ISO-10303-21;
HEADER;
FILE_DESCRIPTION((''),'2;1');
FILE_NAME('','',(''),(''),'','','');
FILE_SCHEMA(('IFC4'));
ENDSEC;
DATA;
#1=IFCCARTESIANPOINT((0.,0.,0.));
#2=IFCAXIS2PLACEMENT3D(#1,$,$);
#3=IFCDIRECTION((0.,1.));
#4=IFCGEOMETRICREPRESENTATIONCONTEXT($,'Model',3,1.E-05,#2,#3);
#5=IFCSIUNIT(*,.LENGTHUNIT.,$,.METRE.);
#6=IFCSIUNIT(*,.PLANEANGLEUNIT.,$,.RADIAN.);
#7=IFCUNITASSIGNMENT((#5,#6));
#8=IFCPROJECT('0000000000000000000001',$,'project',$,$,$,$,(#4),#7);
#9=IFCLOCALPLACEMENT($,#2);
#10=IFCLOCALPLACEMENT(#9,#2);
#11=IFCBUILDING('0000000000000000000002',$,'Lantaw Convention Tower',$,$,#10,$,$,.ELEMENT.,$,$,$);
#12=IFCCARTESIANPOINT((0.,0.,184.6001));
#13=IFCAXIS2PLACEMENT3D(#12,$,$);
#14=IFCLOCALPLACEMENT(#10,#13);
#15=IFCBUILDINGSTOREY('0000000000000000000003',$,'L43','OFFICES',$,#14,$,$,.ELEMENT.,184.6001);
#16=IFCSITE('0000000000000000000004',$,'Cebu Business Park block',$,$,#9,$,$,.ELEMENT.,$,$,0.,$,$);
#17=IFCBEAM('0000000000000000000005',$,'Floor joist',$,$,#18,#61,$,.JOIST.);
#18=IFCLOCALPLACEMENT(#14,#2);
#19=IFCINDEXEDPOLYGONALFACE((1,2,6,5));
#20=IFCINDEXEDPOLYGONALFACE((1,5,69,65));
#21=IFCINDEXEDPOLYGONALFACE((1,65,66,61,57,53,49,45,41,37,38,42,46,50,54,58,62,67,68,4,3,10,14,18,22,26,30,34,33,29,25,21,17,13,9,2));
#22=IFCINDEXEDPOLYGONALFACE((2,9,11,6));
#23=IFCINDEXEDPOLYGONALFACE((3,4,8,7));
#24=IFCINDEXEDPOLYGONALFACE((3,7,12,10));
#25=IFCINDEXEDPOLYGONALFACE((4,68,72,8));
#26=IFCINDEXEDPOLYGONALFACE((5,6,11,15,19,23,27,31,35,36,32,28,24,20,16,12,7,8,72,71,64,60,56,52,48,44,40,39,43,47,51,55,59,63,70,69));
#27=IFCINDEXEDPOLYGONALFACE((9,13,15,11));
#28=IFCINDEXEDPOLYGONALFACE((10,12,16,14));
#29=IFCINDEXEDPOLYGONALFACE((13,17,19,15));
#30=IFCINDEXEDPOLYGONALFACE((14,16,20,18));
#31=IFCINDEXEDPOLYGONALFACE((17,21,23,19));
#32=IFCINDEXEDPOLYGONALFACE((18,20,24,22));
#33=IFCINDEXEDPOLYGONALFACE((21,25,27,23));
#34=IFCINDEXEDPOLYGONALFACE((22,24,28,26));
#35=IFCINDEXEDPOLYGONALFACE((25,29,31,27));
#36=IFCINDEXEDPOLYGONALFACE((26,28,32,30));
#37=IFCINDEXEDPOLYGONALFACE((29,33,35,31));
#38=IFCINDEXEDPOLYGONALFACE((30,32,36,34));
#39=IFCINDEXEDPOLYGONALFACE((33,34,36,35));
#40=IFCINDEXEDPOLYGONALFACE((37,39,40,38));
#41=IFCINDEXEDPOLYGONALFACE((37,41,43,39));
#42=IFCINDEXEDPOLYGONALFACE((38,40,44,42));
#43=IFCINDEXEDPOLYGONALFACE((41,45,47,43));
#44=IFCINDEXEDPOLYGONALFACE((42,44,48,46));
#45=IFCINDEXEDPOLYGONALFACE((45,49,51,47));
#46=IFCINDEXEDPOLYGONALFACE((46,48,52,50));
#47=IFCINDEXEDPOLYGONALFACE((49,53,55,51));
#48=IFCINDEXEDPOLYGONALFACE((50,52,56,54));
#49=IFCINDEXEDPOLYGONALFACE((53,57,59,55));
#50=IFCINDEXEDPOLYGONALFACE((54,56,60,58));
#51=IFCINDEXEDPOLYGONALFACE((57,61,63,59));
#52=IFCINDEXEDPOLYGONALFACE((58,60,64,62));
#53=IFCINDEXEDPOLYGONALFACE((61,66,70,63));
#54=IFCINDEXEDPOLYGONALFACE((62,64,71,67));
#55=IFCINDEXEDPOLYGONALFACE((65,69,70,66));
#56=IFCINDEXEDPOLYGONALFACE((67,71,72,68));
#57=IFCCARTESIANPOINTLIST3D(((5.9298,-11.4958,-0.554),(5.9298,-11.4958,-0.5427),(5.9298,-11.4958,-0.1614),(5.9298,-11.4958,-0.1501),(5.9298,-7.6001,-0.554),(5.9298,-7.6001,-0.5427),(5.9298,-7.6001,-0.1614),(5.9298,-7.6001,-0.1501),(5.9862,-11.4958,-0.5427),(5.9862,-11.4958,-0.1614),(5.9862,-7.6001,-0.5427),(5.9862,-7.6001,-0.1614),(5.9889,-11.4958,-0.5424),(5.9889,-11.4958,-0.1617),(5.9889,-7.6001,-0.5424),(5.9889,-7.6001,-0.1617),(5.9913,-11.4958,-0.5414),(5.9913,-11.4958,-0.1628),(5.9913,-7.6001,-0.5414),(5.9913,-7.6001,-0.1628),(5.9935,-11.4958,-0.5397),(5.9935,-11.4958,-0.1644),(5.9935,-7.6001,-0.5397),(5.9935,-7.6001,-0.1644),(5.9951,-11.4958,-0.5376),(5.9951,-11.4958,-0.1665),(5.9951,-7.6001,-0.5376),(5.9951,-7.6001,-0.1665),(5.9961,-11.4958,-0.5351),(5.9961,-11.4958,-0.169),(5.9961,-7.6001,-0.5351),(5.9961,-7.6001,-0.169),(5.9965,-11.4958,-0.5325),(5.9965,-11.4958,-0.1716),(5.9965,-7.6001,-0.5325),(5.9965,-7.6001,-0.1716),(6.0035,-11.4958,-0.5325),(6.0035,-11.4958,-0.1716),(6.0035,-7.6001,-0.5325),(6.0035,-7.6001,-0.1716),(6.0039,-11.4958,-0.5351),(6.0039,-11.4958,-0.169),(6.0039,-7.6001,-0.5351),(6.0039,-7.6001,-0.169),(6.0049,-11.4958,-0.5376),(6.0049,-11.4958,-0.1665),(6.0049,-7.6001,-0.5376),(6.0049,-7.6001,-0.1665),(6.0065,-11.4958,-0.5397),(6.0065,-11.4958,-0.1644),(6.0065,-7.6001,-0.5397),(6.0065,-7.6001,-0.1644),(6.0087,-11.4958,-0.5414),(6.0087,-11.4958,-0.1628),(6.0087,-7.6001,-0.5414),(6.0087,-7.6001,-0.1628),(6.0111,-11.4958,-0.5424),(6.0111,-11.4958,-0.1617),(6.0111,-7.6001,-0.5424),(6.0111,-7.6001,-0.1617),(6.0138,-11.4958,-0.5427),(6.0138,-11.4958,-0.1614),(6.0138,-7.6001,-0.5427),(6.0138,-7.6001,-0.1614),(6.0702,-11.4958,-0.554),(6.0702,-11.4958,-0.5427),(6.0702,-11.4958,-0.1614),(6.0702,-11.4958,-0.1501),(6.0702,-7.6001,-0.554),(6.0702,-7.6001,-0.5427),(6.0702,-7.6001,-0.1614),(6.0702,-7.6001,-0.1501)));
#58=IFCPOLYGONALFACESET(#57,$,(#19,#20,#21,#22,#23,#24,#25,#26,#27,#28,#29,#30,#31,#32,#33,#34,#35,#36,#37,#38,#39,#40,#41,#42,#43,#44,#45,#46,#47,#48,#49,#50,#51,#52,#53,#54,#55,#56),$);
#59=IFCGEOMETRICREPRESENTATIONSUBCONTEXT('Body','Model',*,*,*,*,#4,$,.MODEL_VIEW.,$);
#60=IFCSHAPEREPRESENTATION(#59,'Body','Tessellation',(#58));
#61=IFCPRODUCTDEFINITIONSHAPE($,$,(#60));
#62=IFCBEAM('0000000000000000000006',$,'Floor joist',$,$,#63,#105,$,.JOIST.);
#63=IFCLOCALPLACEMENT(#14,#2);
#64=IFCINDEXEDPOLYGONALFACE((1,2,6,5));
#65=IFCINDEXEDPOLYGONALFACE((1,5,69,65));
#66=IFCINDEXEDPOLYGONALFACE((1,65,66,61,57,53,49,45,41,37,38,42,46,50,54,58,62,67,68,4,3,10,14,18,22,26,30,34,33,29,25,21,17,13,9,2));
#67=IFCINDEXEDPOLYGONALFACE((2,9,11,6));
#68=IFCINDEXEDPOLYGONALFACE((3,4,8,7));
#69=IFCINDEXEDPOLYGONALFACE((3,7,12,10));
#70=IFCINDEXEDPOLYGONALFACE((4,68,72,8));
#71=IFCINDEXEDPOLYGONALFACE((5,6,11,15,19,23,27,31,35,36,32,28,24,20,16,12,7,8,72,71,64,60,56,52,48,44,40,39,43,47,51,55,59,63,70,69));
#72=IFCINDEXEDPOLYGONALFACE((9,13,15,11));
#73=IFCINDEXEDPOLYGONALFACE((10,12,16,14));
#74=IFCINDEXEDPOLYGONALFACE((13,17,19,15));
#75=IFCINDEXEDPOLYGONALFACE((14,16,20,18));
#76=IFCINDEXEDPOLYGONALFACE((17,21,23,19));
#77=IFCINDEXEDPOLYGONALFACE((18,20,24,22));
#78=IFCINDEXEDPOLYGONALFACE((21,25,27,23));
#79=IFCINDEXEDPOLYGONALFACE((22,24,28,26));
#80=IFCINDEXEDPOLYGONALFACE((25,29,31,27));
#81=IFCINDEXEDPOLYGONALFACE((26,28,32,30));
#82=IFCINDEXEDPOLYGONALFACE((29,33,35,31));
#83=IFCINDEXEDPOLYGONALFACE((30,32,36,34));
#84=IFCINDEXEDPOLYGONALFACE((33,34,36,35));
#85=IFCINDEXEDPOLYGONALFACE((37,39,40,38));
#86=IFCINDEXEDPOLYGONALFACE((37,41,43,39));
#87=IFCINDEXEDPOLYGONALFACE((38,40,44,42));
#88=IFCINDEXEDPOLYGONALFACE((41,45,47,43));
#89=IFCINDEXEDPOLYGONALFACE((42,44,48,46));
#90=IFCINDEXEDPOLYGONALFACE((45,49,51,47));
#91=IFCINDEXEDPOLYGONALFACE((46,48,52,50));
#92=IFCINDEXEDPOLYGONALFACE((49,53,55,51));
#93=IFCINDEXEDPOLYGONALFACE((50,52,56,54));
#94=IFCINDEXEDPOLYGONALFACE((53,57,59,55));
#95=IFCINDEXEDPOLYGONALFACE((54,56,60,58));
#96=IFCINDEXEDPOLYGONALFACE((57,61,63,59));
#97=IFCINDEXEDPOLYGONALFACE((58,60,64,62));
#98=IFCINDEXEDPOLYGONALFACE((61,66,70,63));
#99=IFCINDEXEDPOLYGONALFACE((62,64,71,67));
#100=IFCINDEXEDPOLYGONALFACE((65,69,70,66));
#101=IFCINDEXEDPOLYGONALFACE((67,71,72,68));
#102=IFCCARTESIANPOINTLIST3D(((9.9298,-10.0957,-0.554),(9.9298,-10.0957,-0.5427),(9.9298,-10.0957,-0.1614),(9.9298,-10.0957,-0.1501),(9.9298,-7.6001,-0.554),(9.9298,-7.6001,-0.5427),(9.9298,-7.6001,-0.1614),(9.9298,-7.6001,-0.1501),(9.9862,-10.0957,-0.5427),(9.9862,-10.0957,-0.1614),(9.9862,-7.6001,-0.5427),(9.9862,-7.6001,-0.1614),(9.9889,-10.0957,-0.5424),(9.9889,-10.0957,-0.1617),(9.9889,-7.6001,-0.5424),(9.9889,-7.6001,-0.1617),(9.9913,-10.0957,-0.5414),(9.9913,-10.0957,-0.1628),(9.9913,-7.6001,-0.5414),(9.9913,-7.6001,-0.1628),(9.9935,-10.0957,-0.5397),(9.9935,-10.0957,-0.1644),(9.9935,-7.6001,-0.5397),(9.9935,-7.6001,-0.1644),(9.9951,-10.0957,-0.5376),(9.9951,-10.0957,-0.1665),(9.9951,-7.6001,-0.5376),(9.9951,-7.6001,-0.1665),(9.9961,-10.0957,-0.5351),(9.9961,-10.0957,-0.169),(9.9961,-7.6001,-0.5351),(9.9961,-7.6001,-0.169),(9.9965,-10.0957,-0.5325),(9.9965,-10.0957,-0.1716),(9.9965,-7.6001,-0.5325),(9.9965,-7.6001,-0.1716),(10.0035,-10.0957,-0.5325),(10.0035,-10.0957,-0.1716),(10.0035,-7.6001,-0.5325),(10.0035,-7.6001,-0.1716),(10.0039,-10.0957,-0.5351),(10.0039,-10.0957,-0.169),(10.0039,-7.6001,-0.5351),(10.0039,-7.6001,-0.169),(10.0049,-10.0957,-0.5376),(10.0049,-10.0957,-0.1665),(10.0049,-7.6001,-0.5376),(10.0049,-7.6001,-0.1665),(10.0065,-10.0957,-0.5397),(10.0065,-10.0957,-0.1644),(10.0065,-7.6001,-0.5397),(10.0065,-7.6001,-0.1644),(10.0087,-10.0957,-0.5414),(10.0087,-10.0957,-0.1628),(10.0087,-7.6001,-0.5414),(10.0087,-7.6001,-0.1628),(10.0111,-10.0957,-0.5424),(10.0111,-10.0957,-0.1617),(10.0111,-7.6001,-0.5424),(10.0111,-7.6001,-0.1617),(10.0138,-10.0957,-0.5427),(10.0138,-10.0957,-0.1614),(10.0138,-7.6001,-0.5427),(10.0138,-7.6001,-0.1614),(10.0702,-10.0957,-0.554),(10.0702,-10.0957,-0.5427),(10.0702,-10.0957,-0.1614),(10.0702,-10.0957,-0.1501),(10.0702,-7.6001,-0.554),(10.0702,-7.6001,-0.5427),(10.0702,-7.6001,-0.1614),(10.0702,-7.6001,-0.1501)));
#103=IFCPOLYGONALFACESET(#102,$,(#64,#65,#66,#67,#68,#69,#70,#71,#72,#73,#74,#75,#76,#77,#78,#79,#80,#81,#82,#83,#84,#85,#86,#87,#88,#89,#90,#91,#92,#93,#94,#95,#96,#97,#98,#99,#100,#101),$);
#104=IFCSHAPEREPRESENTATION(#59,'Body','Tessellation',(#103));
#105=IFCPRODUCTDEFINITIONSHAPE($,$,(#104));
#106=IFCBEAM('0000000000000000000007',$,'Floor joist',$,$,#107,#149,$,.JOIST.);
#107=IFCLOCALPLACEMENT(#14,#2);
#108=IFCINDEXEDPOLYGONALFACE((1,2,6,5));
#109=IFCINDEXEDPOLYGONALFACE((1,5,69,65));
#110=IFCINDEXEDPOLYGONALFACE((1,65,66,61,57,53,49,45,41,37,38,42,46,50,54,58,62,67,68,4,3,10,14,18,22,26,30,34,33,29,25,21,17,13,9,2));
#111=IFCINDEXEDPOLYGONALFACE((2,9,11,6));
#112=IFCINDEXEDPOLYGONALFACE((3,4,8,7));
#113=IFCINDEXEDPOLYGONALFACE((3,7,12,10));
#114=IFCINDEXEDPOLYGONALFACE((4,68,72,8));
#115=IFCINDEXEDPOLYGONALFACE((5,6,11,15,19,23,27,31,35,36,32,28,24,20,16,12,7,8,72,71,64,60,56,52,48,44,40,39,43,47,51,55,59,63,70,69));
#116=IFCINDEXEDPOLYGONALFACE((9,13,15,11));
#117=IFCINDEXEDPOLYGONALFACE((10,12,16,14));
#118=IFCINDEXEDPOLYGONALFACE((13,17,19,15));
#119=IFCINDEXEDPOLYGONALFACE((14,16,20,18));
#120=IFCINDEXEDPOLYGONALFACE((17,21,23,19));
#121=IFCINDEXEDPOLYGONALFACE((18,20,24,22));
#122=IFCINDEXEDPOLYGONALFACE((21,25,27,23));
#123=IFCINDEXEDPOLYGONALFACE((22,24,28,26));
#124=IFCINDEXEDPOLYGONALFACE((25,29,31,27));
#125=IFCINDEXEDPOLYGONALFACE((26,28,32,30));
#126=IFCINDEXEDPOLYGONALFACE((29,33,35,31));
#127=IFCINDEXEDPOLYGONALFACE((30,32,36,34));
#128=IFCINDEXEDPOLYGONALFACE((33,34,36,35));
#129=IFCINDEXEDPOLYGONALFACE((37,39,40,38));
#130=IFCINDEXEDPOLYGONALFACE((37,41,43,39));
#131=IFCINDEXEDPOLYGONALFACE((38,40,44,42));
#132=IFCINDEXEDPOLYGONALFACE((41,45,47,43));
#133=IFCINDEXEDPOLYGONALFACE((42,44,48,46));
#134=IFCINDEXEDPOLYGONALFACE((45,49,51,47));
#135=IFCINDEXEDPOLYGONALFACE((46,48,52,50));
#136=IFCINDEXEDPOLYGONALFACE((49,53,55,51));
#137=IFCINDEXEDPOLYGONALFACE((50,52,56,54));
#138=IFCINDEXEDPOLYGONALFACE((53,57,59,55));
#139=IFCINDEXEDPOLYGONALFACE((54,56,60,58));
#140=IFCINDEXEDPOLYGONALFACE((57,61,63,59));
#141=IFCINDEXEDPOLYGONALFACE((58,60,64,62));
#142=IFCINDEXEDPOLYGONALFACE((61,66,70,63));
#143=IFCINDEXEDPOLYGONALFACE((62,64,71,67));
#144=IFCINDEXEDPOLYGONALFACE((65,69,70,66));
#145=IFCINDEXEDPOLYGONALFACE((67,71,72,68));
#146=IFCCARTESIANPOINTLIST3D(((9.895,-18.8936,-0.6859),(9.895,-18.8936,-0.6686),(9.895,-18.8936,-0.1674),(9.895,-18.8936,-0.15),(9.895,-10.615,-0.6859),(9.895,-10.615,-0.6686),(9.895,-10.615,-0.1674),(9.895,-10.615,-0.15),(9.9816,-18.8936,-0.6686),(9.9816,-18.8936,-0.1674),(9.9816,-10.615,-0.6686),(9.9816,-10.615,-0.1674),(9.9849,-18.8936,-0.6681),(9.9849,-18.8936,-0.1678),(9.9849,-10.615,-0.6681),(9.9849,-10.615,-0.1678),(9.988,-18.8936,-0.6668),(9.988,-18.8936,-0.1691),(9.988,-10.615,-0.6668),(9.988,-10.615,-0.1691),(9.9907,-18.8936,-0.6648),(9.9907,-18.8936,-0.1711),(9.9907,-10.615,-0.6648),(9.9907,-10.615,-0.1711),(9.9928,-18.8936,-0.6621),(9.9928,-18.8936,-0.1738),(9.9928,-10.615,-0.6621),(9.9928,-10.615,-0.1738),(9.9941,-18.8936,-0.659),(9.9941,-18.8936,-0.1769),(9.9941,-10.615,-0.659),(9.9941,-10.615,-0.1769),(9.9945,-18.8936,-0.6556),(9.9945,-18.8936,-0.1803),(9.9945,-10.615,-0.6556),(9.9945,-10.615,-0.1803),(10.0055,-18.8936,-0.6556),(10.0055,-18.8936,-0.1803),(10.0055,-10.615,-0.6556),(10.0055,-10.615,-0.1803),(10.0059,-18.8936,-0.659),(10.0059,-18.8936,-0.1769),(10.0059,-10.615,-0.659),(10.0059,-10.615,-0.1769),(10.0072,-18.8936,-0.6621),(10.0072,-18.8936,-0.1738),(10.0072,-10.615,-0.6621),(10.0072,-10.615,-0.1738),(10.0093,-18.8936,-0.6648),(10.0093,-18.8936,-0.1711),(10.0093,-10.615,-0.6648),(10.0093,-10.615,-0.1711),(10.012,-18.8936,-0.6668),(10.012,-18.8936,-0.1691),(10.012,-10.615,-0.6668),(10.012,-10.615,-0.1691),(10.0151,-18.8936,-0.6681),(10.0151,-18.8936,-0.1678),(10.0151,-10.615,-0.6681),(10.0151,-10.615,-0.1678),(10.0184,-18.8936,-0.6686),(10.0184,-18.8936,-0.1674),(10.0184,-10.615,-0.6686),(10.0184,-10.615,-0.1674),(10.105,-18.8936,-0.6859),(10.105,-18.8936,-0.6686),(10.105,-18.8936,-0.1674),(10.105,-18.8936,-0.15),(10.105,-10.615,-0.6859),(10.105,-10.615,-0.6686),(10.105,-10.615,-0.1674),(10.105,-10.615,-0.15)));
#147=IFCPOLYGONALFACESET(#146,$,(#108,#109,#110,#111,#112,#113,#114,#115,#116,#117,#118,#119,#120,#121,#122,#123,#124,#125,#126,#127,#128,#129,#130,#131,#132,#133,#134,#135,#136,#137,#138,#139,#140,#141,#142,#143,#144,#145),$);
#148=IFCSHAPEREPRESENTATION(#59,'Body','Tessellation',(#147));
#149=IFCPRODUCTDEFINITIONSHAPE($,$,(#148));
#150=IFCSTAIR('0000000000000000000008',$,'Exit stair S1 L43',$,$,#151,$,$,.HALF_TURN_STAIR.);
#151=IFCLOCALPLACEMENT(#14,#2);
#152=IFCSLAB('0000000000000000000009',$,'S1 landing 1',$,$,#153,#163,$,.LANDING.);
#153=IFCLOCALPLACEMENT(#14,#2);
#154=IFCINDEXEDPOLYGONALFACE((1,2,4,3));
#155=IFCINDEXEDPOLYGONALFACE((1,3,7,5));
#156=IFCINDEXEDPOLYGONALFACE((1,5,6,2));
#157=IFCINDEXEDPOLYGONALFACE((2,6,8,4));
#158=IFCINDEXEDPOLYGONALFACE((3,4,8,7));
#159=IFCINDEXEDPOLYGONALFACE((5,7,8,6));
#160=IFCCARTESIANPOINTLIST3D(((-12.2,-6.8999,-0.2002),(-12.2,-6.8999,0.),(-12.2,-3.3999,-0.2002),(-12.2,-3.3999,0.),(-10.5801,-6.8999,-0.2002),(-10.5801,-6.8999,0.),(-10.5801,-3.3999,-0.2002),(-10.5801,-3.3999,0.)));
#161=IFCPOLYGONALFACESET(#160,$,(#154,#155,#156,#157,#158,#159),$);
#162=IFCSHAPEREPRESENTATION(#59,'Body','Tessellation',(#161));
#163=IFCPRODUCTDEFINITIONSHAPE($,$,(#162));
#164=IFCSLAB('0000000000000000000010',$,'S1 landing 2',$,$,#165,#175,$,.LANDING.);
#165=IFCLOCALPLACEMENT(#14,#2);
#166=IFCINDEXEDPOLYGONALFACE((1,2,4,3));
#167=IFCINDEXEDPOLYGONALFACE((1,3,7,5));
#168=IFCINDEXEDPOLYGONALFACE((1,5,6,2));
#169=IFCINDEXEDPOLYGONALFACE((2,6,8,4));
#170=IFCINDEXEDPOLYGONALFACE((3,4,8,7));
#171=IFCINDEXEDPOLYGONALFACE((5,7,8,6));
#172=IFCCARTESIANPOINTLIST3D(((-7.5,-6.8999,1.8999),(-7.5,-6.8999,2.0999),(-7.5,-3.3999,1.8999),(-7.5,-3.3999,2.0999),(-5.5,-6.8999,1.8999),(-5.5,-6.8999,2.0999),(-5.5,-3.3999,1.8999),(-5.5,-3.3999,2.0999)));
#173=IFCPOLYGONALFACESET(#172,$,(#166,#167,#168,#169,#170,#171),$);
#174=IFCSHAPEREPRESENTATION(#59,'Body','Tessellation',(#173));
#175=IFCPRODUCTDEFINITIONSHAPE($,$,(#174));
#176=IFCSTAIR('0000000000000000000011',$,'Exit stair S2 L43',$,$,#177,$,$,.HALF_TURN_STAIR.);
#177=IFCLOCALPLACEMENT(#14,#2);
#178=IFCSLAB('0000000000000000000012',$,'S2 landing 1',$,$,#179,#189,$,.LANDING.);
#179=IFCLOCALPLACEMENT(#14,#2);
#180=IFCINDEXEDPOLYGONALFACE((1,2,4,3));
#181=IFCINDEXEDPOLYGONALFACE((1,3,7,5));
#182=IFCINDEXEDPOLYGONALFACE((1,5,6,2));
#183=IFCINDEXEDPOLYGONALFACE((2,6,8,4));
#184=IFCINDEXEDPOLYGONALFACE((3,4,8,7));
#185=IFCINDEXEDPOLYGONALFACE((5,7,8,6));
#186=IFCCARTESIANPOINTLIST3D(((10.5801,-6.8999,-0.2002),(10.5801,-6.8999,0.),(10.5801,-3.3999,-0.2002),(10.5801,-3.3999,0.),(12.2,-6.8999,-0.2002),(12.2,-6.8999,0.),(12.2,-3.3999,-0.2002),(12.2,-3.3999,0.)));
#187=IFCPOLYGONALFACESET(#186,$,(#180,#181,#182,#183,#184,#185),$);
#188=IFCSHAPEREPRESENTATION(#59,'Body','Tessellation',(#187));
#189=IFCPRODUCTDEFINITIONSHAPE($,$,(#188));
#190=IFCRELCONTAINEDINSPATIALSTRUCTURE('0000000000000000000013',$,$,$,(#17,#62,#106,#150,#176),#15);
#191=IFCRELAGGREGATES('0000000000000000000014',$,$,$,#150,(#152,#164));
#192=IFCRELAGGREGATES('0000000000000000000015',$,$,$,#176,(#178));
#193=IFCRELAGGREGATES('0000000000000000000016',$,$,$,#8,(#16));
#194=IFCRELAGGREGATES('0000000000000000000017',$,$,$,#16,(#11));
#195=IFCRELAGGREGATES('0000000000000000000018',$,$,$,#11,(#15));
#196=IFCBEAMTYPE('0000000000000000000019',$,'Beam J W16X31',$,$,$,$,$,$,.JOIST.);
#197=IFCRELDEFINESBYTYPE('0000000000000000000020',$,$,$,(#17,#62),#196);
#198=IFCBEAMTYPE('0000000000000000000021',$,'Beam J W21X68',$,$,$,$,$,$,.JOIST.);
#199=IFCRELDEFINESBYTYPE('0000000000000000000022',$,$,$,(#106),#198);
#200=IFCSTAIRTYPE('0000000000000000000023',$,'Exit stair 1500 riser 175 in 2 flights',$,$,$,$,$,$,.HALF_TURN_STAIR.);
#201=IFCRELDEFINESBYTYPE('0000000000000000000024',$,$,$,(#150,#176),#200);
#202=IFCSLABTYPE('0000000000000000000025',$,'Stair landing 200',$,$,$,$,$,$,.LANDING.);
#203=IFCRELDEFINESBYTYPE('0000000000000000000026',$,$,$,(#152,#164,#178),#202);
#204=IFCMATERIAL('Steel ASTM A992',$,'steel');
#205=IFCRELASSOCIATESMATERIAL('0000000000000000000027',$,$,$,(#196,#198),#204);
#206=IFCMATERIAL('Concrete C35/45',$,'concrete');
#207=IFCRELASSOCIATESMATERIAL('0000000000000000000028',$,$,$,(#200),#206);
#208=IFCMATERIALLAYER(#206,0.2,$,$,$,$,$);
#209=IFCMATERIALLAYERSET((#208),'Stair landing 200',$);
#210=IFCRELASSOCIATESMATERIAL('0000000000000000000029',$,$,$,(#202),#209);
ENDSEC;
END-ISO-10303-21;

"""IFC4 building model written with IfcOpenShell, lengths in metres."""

from ifc_helpers import new_model, si_unit, direction, frame, origin, origin_2d, place, context, subcontext, project, spatial, polyline, i_section, outline, extrude, material, layer, layer_set, material_profile, profile_set, type_object, element, aggregate, save


model = new_model("IFC4")

# Units and contexts
model_context = context("Model", 3, precision=1e-05, world=origin(), true_north=direction((0.0, 1.0)))
body_context = subcontext(model_context, "Body", "Model", "MODEL_VIEW")
ifc_project = project(units=[si_unit("LENGTHUNIT", "METRE"), si_unit("PLANEANGLEUNIT", "RADIAN")], contexts=[model_context])

# Site, building, storey
site_placement = place(None, origin())
site = spatial("IfcSite", under=ifc_project, at=site_placement, Name="Cebu Business Park block", CompositionType="ELEMENT", RefElevation=0.0)
building_placement = place(site_placement, origin())
building = spatial("IfcBuilding", under=site, at=building_placement, Name="Lantaw Convention Tower", CompositionType="ELEMENT")
storey_placement = place(building_placement, frame((0.0, 0.0, 184.6001)))
storey = spatial("IfcBuildingStorey", under=building, at=storey_placement, Name="L43", Description="OFFICES", CompositionType="ELEMENT", Elevation=184.6001)

# Beams
ifc_material_1 = material(Name="Steel ASTM A992", Category="steel")
ifc_material_profile_1 = material_profile(ifc_material_1, i_section(OverallWidth=0.1404, OverallDepth=0.4038, WebThickness=0.0071, FlangeThickness=0.0112, FilletRadius=0.0103, at=origin_2d()), Name="W16X31")
ifc_profile_set_1 = profile_set([ifc_material_profile_1], Name="Steel ASTM A992")
beam_type_1 = type_object("IfcBeamType", Name="Beam J W16X31", PredefinedType="JOIST", material=ifc_profile_set_1)
beam_1_placement = place(storey_placement, frame((6.0, -11.4958, -0.3521), z_axis=(0.0, 1.0, 0.0), x_axis=(-1.0, 0.0, 0.0)))
element("IfcBeam", 1, at=beam_1_placement, inside=storey, type_object=beam_type_1, Name="Floor joist", PredefinedType="JOIST", context=body_context, shape_type="SweptSolid", body=[
    extrude(i_section(OverallWidth=0.1404, OverallDepth=0.4038, WebThickness=0.0071, FlangeThickness=0.0112, FilletRadius=0.0103, at=origin_2d()), origin(), (0.0, 0.0, 1.0), 3.8958),
])
beam_2_placement = place(storey_placement, frame((10.0, -10.0957, -0.3521), z_axis=(0.0, 1.0, 0.0), x_axis=(-1.0, 0.0, 0.0)))
element("IfcBeam", 2, at=beam_2_placement, inside=storey, type_object=beam_type_1, Name="Floor joist", PredefinedType="JOIST", context=body_context, shape_type="SweptSolid", body=[
    extrude(i_section(OverallWidth=0.1404, OverallDepth=0.4038, WebThickness=0.0071, FlangeThickness=0.0112, FilletRadius=0.0103, at=origin_2d()), origin(), (0.0, 0.0, 1.0), 2.4956),
])
ifc_material_profile_2 = material_profile(ifc_material_1, i_section(OverallWidth=0.21, OverallDepth=0.5359, WebThickness=0.011, FlangeThickness=0.0173, FilletRadius=0.0129, at=origin_2d()), Name="W21X68")
ifc_profile_set_2 = profile_set([ifc_material_profile_2], Name="Steel ASTM A992")
beam_type_2 = type_object("IfcBeamType", Name="Beam J W21X68", PredefinedType="JOIST", material=ifc_profile_set_2)
beam_3_placement = place(storey_placement, frame((10.0, -18.8936, -0.418), z_axis=(0.0, 1.0, 0.0), x_axis=(-1.0, 0.0, 0.0)))
element("IfcBeam", 3, at=beam_3_placement, inside=storey, type_object=beam_type_2, Name="Floor joist", PredefinedType="JOIST", context=body_context, shape_type="SweptSolid", body=[
    extrude(i_section(OverallWidth=0.21, OverallDepth=0.5359, WebThickness=0.011, FlangeThickness=0.0173, FilletRadius=0.0129, at=origin_2d()), origin(), (0.0, 0.0, 1.0), 8.2786),
])

# Stair, slabs
ifc_material_2 = material(Name="Concrete C35/45", Category="concrete")
stair_type = type_object("IfcStairType", Name="Exit stair 1500 riser 175 in 2 flights", PredefinedType="HALF_TURN_STAIR", material=ifc_material_2)
stair_1_placement = place(storey_placement, origin())
stair_1 = element("IfcStair", 4, at=stair_1_placement, inside=storey, type_object=stair_type, Name="Exit stair S1 L43", PredefinedType="HALF_TURN_STAIR")
ifc_layer_1 = layer(ifc_material_2, 0.2)
ifc_layer_set_1 = layer_set([ifc_layer_1], Name="Stair landing 200")
slab_type = type_object("IfcSlabType", Name="Stair landing 200", PredefinedType="LANDING", material=ifc_layer_set_1)
slab_1_placement = place(storey_placement, frame((0.0, 0.0, -0.2002)))
slab_1 = element("IfcSlab", 5, at=slab_1_placement, type_object=slab_type, Name="S1 landing 1", PredefinedType="LANDING", context=body_context, shape_type="SweptSolid", body=[
    extrude(outline(polyline([(-12.2, -6.8999), (-10.5801, -6.8999), (-10.5801, -3.3999), (-12.2, -3.3999), (-12.2, -6.8999)])), origin(), (0.0, 0.0, 1.0), 0.2002),
])
slab_2_placement = place(storey_placement, frame((0.0, 0.0, 1.8999)))
slab_2 = element("IfcSlab", 6, at=slab_2_placement, type_object=slab_type, Name="S1 landing 2", PredefinedType="LANDING", context=body_context, shape_type="SweptSolid", body=[
    extrude(outline(polyline([(-7.5, -6.8999), (-5.5, -6.8999), (-5.5, -3.3999), (-7.5, -3.3999), (-7.5, -6.8999)])), origin(), (0.0, 0.0, 1.0), 0.2),
])
aggregate(stair_1, [slab_1, slab_2])

# Stair, slab
stair_2_placement = place(storey_placement, origin())
stair_2 = element("IfcStair", 7, at=stair_2_placement, inside=storey, type_object=stair_type, Name="Exit stair S2 L43", PredefinedType="HALF_TURN_STAIR")
slab_3_placement = place(storey_placement, frame((0.0, 0.0, -0.2002)))
slab_3 = element("IfcSlab", 8, at=slab_3_placement, type_object=slab_type, Name="S2 landing 1", PredefinedType="LANDING", context=body_context, shape_type="SweptSolid", body=[
    extrude(outline(polyline([(10.5801, -6.8999), (12.2, -6.8999), (12.2, -3.3999), (10.5801, -3.3999), (10.5801, -6.8999)])), origin(), (0.0, 0.0, 1.0), 0.2002),
])
aggregate(stair_2, [slab_3])

save(model, "model.ifc")
